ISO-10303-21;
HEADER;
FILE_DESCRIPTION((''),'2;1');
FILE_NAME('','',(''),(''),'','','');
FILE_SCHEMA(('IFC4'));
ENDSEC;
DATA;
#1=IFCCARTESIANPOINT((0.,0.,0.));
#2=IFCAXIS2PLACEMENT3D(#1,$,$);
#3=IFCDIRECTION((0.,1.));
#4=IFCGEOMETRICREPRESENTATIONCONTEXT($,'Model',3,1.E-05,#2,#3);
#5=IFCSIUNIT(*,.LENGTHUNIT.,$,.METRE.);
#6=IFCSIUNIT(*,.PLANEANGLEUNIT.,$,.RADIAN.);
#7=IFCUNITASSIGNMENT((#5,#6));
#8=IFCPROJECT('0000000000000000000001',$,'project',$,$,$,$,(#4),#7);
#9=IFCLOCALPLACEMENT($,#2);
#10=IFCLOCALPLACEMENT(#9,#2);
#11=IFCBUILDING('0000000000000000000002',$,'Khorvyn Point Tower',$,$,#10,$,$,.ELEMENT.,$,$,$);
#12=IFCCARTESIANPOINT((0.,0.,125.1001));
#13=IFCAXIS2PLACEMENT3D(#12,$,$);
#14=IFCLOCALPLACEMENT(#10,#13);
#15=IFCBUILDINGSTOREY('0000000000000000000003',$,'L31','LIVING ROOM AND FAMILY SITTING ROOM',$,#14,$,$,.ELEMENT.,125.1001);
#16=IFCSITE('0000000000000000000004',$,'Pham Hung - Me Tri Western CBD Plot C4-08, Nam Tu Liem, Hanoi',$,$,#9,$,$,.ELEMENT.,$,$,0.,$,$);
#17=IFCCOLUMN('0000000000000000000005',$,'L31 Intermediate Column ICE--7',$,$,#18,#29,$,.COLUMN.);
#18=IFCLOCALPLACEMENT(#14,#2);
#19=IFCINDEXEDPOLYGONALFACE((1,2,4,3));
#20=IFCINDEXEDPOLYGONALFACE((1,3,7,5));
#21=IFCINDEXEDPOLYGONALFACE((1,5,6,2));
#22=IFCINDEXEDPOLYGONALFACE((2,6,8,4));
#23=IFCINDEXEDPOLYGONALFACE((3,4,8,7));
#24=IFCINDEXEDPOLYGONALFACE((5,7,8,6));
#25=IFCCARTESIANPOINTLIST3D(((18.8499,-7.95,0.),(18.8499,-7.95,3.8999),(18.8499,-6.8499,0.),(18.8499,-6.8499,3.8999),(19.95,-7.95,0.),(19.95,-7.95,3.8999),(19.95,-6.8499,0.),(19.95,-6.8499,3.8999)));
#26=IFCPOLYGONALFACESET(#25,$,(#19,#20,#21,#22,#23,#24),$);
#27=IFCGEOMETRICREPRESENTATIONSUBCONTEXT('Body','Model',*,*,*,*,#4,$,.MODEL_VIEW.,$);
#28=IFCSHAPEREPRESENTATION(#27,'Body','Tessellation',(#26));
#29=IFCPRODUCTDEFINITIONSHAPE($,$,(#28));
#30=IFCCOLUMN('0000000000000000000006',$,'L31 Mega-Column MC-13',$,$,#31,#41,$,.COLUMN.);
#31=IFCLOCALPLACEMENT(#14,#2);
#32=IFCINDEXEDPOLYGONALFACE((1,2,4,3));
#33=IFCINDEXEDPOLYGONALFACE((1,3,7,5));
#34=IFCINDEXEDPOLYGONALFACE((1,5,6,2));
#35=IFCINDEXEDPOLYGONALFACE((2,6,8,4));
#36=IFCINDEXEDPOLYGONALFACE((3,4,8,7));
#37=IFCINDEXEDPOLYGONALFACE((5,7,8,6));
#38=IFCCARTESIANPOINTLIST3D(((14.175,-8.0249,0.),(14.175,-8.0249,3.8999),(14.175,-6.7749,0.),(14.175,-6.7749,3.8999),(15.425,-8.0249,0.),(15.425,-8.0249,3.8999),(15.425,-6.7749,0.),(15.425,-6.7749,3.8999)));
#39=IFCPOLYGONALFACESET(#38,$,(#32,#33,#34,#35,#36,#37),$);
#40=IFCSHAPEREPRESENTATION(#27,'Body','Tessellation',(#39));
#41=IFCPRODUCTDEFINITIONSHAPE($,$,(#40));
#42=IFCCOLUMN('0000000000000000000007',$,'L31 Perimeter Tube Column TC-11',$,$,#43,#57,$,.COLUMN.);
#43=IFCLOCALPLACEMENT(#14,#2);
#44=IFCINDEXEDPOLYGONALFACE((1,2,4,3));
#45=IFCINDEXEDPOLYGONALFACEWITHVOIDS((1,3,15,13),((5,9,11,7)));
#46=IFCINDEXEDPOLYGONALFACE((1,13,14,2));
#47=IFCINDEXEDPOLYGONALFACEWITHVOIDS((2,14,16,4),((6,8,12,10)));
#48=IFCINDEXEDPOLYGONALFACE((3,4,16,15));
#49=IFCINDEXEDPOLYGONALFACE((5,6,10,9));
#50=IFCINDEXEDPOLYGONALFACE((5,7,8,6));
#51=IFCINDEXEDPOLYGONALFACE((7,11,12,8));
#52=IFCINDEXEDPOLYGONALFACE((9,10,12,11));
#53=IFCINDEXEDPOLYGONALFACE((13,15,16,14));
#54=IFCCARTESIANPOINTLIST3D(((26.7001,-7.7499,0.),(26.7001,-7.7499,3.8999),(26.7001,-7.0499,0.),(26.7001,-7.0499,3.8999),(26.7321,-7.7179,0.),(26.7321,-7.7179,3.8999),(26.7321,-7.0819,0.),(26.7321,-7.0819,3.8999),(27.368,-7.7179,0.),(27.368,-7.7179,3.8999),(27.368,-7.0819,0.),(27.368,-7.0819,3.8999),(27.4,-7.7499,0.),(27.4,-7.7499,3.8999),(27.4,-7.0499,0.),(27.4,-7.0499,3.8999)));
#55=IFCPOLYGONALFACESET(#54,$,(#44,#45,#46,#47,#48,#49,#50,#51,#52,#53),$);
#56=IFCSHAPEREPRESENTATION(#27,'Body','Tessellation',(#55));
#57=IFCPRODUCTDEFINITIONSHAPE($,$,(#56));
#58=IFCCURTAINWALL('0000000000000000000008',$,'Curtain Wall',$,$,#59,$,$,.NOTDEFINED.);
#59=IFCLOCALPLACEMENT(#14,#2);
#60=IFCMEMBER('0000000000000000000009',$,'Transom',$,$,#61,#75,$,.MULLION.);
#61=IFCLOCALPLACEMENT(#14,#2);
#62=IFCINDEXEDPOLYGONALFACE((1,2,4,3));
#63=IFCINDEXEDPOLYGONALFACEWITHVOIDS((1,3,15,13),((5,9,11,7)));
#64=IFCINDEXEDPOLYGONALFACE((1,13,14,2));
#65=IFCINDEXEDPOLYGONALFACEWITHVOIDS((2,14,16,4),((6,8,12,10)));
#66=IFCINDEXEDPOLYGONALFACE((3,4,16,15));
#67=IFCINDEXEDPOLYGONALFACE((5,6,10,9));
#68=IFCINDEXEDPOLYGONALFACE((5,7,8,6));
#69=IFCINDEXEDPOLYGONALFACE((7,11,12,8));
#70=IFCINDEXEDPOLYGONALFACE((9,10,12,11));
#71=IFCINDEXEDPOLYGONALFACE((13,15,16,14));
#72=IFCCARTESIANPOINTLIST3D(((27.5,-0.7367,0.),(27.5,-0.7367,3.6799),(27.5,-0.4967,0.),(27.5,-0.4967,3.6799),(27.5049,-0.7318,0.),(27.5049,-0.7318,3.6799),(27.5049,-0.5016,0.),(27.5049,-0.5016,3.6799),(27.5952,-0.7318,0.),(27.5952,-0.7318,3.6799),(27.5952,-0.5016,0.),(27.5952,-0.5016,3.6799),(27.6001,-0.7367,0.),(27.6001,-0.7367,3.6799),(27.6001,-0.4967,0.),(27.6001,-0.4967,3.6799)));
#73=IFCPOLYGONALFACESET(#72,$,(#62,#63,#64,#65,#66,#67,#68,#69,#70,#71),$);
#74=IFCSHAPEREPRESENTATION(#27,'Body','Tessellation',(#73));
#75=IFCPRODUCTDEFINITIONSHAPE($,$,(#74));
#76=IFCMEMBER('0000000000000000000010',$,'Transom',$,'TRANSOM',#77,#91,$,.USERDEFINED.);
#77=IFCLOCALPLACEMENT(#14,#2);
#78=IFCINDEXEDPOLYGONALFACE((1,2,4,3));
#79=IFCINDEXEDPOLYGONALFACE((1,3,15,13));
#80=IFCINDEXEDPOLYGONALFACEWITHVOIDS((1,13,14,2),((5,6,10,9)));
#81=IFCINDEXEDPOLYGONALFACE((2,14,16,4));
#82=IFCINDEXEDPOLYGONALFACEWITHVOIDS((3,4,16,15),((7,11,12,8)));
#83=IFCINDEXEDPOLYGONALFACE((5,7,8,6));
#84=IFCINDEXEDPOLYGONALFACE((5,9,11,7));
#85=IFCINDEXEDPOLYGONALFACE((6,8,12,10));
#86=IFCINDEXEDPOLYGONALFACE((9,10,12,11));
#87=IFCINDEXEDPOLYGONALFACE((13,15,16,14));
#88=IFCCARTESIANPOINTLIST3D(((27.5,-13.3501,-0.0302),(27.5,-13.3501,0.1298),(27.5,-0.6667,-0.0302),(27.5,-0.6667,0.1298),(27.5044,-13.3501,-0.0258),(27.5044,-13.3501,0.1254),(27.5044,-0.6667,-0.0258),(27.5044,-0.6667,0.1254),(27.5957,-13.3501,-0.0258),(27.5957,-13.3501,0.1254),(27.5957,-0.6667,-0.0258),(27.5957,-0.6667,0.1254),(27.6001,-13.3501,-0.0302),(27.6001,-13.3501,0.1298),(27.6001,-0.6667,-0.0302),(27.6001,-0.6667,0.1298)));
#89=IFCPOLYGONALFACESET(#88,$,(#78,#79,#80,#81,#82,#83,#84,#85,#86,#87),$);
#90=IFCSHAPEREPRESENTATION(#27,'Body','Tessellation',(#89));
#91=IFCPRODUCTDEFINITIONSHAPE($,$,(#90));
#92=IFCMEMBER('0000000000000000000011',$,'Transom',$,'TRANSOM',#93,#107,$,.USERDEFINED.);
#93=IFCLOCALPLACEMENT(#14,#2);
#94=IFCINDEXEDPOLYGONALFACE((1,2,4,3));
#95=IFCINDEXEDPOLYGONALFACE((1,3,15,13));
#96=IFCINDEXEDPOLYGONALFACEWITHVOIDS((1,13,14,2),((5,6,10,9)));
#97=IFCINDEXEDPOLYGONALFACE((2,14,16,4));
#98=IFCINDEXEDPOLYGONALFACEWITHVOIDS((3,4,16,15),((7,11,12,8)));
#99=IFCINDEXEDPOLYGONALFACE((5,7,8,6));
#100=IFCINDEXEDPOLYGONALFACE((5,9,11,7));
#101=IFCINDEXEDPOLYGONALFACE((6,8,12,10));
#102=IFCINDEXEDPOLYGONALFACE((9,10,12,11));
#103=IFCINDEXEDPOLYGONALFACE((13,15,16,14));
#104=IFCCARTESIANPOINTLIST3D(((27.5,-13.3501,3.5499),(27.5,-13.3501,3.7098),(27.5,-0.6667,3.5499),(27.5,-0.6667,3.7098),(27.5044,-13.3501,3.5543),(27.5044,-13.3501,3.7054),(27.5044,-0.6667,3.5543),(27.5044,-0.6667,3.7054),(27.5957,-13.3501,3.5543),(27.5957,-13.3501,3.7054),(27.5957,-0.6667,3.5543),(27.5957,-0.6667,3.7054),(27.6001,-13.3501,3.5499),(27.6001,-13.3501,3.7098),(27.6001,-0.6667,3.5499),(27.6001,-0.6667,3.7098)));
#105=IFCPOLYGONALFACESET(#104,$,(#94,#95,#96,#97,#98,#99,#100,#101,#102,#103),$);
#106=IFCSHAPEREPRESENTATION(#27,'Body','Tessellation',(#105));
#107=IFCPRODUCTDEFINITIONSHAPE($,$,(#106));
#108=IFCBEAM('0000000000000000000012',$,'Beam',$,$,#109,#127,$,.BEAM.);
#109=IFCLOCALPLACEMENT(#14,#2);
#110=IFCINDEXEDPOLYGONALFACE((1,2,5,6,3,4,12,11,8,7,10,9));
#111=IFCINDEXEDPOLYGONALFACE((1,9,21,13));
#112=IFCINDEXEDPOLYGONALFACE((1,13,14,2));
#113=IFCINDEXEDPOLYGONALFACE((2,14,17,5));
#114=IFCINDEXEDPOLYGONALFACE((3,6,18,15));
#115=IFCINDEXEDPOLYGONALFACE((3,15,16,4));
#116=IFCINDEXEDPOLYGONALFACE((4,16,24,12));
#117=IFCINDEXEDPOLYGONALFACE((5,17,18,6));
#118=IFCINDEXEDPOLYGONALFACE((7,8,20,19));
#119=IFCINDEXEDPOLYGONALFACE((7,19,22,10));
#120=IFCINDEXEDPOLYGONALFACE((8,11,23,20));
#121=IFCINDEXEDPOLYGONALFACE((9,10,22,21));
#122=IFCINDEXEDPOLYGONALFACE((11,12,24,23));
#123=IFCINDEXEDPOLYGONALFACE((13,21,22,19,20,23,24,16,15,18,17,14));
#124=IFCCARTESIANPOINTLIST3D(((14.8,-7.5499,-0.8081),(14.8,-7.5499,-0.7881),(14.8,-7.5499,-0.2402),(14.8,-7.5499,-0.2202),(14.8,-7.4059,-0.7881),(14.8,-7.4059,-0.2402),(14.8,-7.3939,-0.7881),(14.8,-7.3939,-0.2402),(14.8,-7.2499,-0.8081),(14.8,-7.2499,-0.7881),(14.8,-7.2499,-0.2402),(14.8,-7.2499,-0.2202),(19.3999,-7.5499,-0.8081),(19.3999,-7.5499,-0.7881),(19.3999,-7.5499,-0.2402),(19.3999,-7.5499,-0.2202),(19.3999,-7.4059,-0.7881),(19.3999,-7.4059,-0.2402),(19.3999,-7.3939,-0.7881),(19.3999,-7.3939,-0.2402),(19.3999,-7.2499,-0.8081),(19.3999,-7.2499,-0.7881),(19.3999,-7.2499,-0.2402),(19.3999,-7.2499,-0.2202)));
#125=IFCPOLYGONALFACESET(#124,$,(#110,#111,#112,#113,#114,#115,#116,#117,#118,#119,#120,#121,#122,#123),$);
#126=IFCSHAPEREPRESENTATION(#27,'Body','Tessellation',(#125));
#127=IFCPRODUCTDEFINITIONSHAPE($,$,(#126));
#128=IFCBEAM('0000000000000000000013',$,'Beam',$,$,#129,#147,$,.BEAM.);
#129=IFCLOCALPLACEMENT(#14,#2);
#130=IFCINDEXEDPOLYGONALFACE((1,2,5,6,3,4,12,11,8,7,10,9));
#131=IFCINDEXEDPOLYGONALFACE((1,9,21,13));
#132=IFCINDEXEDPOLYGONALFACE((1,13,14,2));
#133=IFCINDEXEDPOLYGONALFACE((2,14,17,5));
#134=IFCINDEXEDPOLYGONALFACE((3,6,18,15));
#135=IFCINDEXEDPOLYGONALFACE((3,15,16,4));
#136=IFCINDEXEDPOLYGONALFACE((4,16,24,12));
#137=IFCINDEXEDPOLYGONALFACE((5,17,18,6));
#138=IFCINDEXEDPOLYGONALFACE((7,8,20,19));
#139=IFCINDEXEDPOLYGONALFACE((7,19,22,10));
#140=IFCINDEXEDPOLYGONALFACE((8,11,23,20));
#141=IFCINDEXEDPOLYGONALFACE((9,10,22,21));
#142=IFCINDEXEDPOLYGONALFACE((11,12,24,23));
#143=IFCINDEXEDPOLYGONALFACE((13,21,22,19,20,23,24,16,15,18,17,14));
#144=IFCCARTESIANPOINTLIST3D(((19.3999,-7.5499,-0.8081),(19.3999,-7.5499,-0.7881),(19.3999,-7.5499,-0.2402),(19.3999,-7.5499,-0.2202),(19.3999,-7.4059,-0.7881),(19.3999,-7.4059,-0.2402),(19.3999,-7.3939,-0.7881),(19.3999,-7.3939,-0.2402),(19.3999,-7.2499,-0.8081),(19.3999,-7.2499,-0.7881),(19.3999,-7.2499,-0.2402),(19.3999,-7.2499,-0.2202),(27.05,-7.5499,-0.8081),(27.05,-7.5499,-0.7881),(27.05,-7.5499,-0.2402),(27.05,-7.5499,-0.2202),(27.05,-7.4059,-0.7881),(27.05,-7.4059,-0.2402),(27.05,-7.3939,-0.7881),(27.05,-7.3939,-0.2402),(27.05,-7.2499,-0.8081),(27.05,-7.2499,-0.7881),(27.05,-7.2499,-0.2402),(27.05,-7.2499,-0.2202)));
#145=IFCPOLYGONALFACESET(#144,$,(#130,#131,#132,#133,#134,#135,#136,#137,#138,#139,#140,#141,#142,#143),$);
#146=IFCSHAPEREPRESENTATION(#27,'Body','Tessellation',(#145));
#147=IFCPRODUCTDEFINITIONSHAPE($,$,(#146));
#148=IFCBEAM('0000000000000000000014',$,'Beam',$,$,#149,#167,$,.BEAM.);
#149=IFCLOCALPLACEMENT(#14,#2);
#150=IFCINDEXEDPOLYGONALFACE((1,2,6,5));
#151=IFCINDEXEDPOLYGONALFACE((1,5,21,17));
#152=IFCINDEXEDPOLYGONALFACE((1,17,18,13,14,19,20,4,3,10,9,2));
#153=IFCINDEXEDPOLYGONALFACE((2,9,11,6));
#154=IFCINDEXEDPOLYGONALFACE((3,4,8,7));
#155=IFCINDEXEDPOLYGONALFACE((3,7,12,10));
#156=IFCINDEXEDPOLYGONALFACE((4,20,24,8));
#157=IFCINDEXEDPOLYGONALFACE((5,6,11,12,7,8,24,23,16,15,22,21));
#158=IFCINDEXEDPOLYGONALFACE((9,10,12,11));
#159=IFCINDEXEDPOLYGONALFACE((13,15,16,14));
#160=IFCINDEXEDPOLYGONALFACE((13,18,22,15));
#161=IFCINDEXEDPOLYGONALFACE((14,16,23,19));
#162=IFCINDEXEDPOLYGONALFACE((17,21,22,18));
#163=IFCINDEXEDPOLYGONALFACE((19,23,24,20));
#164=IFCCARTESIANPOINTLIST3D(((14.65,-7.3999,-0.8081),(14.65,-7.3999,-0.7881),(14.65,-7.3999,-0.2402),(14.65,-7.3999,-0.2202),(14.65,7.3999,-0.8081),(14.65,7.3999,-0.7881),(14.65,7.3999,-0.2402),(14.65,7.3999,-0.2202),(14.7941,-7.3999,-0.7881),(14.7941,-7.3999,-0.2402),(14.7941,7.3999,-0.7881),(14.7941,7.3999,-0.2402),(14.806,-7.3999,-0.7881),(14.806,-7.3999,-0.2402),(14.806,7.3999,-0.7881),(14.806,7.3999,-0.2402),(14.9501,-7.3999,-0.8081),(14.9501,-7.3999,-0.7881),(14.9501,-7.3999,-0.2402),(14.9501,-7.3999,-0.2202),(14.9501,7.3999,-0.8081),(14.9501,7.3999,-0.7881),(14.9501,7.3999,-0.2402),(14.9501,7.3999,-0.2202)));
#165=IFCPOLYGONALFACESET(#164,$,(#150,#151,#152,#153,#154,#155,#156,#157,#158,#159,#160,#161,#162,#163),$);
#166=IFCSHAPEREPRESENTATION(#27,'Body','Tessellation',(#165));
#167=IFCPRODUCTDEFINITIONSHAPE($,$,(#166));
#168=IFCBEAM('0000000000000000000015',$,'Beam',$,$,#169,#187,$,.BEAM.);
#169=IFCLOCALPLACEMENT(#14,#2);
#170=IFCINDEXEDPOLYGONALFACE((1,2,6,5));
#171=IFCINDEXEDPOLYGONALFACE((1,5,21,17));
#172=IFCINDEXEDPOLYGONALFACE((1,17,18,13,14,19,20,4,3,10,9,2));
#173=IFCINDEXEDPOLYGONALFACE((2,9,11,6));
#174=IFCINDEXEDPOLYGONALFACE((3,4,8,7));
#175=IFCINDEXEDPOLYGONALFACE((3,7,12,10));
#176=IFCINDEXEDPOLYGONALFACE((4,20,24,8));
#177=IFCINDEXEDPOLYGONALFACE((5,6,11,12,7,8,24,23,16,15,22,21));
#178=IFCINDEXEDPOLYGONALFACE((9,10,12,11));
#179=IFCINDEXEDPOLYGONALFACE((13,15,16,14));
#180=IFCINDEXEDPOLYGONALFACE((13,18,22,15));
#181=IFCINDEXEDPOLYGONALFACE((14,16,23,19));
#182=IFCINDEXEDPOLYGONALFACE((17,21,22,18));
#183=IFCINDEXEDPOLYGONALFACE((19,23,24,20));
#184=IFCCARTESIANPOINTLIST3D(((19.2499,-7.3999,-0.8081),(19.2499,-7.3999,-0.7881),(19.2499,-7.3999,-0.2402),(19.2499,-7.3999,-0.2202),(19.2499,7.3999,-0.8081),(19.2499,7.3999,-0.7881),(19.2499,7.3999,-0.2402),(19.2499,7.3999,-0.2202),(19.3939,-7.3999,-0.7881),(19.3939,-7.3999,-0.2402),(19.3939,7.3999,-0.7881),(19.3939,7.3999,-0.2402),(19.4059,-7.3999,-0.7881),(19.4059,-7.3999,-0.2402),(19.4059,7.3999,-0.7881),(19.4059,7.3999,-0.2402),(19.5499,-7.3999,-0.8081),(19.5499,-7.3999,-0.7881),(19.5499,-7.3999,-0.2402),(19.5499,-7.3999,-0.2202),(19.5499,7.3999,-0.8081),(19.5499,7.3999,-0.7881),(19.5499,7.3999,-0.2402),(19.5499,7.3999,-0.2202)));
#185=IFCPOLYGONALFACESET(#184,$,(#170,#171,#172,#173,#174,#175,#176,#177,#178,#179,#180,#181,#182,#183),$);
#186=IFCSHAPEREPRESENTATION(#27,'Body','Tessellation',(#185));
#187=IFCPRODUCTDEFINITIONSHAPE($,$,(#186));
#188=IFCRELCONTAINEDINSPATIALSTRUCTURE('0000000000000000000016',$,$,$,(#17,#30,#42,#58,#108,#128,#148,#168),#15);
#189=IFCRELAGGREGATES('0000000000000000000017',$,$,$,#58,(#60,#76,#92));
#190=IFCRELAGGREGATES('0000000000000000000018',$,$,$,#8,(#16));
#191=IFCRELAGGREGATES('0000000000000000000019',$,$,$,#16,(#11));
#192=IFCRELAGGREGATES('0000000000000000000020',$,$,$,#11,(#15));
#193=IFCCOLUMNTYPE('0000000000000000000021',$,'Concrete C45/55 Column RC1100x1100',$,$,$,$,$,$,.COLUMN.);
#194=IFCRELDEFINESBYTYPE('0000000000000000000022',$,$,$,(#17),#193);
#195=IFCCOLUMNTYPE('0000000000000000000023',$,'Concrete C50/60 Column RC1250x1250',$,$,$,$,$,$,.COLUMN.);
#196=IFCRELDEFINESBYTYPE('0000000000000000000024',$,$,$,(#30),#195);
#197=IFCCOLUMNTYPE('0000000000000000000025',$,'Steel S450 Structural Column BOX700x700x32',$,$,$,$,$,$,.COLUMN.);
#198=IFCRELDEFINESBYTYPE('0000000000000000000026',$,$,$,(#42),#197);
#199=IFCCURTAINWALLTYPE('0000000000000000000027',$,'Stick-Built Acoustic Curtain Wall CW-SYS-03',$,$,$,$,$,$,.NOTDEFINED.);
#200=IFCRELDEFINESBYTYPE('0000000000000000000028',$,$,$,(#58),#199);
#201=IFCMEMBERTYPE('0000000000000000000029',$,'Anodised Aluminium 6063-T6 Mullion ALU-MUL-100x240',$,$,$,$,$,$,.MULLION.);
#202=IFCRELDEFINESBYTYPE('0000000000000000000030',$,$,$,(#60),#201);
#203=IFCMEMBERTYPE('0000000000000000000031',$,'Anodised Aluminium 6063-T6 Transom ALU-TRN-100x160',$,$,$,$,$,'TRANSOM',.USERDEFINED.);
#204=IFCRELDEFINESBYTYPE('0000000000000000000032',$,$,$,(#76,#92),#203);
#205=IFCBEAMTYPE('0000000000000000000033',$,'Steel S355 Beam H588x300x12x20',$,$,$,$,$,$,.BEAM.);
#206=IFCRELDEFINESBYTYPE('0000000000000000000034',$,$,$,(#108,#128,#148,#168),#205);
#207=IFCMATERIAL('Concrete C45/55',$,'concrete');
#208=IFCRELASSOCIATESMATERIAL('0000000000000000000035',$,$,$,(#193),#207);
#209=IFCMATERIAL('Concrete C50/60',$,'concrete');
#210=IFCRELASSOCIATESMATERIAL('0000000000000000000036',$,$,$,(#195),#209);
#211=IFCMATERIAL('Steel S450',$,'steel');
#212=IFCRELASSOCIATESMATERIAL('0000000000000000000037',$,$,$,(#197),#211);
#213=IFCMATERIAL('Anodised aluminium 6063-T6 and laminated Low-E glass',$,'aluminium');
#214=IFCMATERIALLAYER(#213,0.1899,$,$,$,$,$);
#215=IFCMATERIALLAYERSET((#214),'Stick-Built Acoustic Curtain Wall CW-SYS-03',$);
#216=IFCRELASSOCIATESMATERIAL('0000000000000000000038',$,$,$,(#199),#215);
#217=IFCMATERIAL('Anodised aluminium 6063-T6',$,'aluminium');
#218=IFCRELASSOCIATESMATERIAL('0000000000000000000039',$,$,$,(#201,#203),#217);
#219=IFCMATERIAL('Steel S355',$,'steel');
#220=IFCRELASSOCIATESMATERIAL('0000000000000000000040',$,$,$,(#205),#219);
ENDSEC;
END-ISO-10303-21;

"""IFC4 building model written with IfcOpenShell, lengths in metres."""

from ifc_helpers import new_model, si_unit, direction, frame, origin, origin_2d, place, context, subcontext, project, spatial, rectangle, hollow_rectangle, i_section, extrude, material, layer, layer_set, material_profile, profile_set, type_object, element, aggregate, save


model = new_model("IFC4")

# Units and contexts
model_context = context("Model", 3, precision=1e-05, world=origin(), true_north=direction((0.0, 1.0)))
body_context = subcontext(model_context, "Body", "Model", "MODEL_VIEW")
ifc_project = project(units=[si_unit("LENGTHUNIT", "METRE"), si_unit("PLANEANGLEUNIT", "RADIAN")], contexts=[model_context])

# Site, building, storey
site_placement = place(None, origin())
site = spatial("IfcSite", under=ifc_project, at=site_placement, Name="Pham Hung - Me Tri Western CBD Plot C4-08, Nam Tu Liem, Hanoi", CompositionType="ELEMENT", RefElevation=0.0)
building_placement = place(site_placement, origin())
building = spatial("IfcBuilding", under=site, at=building_placement, Name="Khorvyn Point Tower", CompositionType="ELEMENT")
storey_placement = place(building_placement, frame((0.0, 0.0, 125.1001)))
storey = spatial("IfcBuildingStorey", under=building, at=storey_placement, Name="L31", Description="LIVING ROOM AND FAMILY SITTING ROOM", CompositionType="ELEMENT", Elevation=125.1001)

# Columns
ifc_material_1 = material(Name="Concrete C45/55", Category="concrete")
ifc_material_profile_1 = material_profile(ifc_material_1, rectangle(XDim=1.1001, YDim=1.1001, at=origin_2d()))
ifc_profile_set_1 = profile_set([ifc_material_profile_1], Name="Concrete C45/55 RC1100x1100")
column_type_1 = type_object("IfcColumnType", Name="Concrete C45/55 Column RC1100x1100", PredefinedType="COLUMN", material=ifc_profile_set_1)
column_1_placement = place(storey_placement, frame((19.3999, -7.3999, 0.0), z_axis=(0.0, 0.0, 1.0), x_axis=(1.0, 0.0, 0.0)))
element("IfcColumn", 1, at=column_1_placement, inside=storey, type_object=column_type_1, Name="L31 Intermediate Column ICE--7", PredefinedType="COLUMN", context=body_context, shape_type="SweptSolid", body=[
    extrude(rectangle(XDim=1.1001, YDim=1.1001, at=origin_2d()), origin(), (0.0, 0.0, 1.0), 3.8999),
])
ifc_material_2 = material(Name="Concrete C50/60", Category="concrete")
ifc_material_profile_2 = material_profile(ifc_material_2, rectangle(XDim=1.25, YDim=1.25, at=origin_2d()))
ifc_profile_set_2 = profile_set([ifc_material_profile_2], Name="Concrete C50/60 RC1250x1250")
column_type_2 = type_object("IfcColumnType", Name="Concrete C50/60 Column RC1250x1250", PredefinedType="COLUMN", material=ifc_profile_set_2)
column_2_placement = place(storey_placement, frame((14.8, -7.3999, 0.0), z_axis=(0.0, 0.0, 1.0), x_axis=(1.0, 0.0, 0.0)))
element("IfcColumn", 2, at=column_2_placement, inside=storey, type_object=column_type_2, Name="L31 Mega-Column MC-13", PredefinedType="COLUMN", context=body_context, shape_type="SweptSolid", body=[
    extrude(rectangle(XDim=1.25, YDim=1.25, at=origin_2d()), origin(), (0.0, 0.0, 1.0), 3.8999),
])
ifc_material_3 = material(Name="Steel S450", Category="steel")
ifc_material_profile_3 = material_profile(ifc_material_3, hollow_rectangle(XDim=0.7, YDim=0.7, WallThickness=0.032, at=origin_2d()))
ifc_profile_set_3 = profile_set([ifc_material_profile_3], Name="Steel S450 BOX700x700x32")
column_type_3 = type_object("IfcColumnType", Name="Steel S450 Structural Column BOX700x700x32", PredefinedType="COLUMN", material=ifc_profile_set_3)
column_3_placement = place(storey_placement, frame((27.05, -7.3999, 0.0), z_axis=(0.0, 0.0, 1.0), x_axis=(1.0, 0.0, 0.0)))
element("IfcColumn", 3, at=column_3_placement, inside=storey, type_object=column_type_3, Name="L31 Perimeter Tube Column TC-11", PredefinedType="COLUMN", context=body_context, shape_type="SweptSolid", body=[
    extrude(hollow_rectangle(XDim=0.7, YDim=0.7, WallThickness=0.032, at=origin_2d()), origin(), (0.0, 0.0, 1.0), 3.8999),
])

# Curtain wall, members
ifc_material_4 = material(Name="Anodised aluminium 6063-T6 and laminated Low-E glass", Category="aluminium")
ifc_layer_1 = layer(ifc_material_4, 0.1899)
ifc_layer_set_1 = layer_set([ifc_layer_1], Name="Stick-Built Acoustic Curtain Wall CW-SYS-03")
curtain_wall_type = type_object("IfcCurtainWallType", Name="Stick-Built Acoustic Curtain Wall CW-SYS-03", PredefinedType="NOTDEFINED", material=ifc_layer_set_1)
curtain_wall_placement = place(storey_placement, origin())
curtain_wall = element("IfcCurtainWall", 4, at=curtain_wall_placement, inside=storey, type_object=curtain_wall_type, Name="Curtain Wall", PredefinedType="NOTDEFINED")
ifc_material_5 = material(Name="Anodised aluminium 6063-T6", Category="aluminium")
ifc_material_profile_4 = material_profile(ifc_material_5, hollow_rectangle(XDim=0.1001, YDim=0.24, WallThickness=0.0049, at=origin_2d()))
ifc_profile_set_4 = profile_set([ifc_material_profile_4], Name="Anodised aluminium 6063-T6 ALU-MUL-100x240")
member_type_1 = type_object("IfcMemberType", Name="Anodised Aluminium 6063-T6 Mullion ALU-MUL-100x240", PredefinedType="MULLION", material=ifc_profile_set_4)
member_1_placement = place(storey_placement, frame((27.55, -0.6167, 0.0), z_axis=(0.0, 0.0, 1.0), x_axis=(1.0, 0.0, 0.0)))
member_1 = element("IfcMember", 5, at=member_1_placement, type_object=member_type_1, Name="Transom", PredefinedType="MULLION", context=body_context, shape_type="SweptSolid", body=[
    extrude(hollow_rectangle(XDim=0.1001, YDim=0.24, WallThickness=0.0049, at=origin_2d()), origin(), (0.0, 0.0, 1.0), 3.6799),
])
ifc_material_profile_5 = material_profile(ifc_material_5, hollow_rectangle(XDim=0.1001, YDim=0.1599, WallThickness=0.0044, at=origin_2d()))
ifc_profile_set_5 = profile_set([ifc_material_profile_5], Name="Anodised aluminium 6063-T6 ALU-TRN-100x160")
member_type_2 = type_object("IfcMemberType", Name="Anodised Aluminium 6063-T6 Transom ALU-TRN-100x160", ElementType="TRANSOM", PredefinedType="USERDEFINED", material=ifc_profile_set_5)
member_2_placement = place(storey_placement, frame((27.55, -0.6667, 0.0498), z_axis=(0.0, -1.0, 0.0), x_axis=(1.0, 0.0, 0.0)))
member_2 = element("IfcMember", 6, at=member_2_placement, type_object=member_type_2, Name="Transom", ObjectType="TRANSOM", PredefinedType="USERDEFINED", context=body_context, shape_type="SweptSolid", body=[
    extrude(hollow_rectangle(XDim=0.1001, YDim=0.1599, WallThickness=0.0044, at=origin_2d()), origin(), (0.0, 0.0, 1.0), 12.6833),
])
member_3_placement = place(storey_placement, frame((27.55, -0.6667, 3.6299), z_axis=(0.0, -1.0, 0.0), x_axis=(1.0, 0.0, 0.0)))
member_3 = element("IfcMember", 7, at=member_3_placement, type_object=member_type_2, Name="Transom", ObjectType="TRANSOM", PredefinedType="USERDEFINED", context=body_context, shape_type="SweptSolid", body=[
    extrude(hollow_rectangle(XDim=0.1001, YDim=0.1599, WallThickness=0.0044, at=origin_2d()), origin(), (0.0, 0.0, 1.0), 12.6833),
])

# Beams
ifc_material_6 = material(Name="Steel S355", Category="steel")
ifc_material_profile_6 = material_profile(ifc_material_6, i_section(OverallWidth=0.3, OverallDepth=0.5879, WebThickness=0.012, FlangeThickness=0.02, at=origin_2d()))
ifc_profile_set_6 = profile_set([ifc_material_profile_6], Name="Steel S355 H588x300x12x20")
beam_type_1 = type_object("IfcBeamType", Name="Steel S355 Beam H588x300x12x20", PredefinedType="BEAM", material=ifc_profile_set_6)
beam_1_placement = place(storey_placement, frame((14.8, -7.3999, -0.5142), z_axis=(1.0, 0.0, 0.0), x_axis=(0.0, 1.0, 0.0)))
element("IfcBeam", 8, at=beam_1_placement, inside=storey, type_object=beam_type_1, Name="Beam", PredefinedType="BEAM", context=body_context, shape_type="SweptSolid", body=[
    extrude(i_section(OverallWidth=0.3, OverallDepth=0.5879, WebThickness=0.012, FlangeThickness=0.02, at=origin_2d()), origin(), (0.0, 0.0, 1.0), 4.5999),
])
beam_2_placement = place(storey_placement, frame((19.3999, -7.3999, -0.5142), z_axis=(1.0, 0.0, 0.0), x_axis=(0.0, 1.0, 0.0)))
element("IfcBeam", 9, at=beam_2_placement, inside=storey, type_object=beam_type_1, Name="Beam", PredefinedType="BEAM", context=body_context, shape_type="SweptSolid", body=[
    extrude(i_section(OverallWidth=0.3, OverallDepth=0.5879, WebThickness=0.012, FlangeThickness=0.02, at=origin_2d()), origin(), (0.0, 0.0, 1.0), 7.6501),
])
for number, where, z_axis, x_axis, name in (
    (10, (14.8, -7.3999, -0.5142), (0.0, 1.0, 0.0), (-1.0, 0.0, 0.0), "Beam"),
    (11, (19.3999, -7.3999, -0.5142), (0.0, 1.0, 0.0), (-1.0, 0.0, 0.0), "Beam"),
):
    element("IfcBeam", number, at=place(storey_placement, frame(where, z_axis=z_axis, x_axis=x_axis)), inside=storey, type_object=beam_type_1, Name=name, PredefinedType="BEAM", context=body_context, shape_type="SweptSolid", body=[
        extrude(i_section(OverallWidth=0.3, OverallDepth=0.5879, WebThickness=0.012, FlangeThickness=0.02, at=origin_2d()), origin(), (0.0, 0.0, 1.0), 14.7998),
    ])

aggregate(curtain_wall, [member_1, member_2, member_3])

save(model, "model.ifc")
